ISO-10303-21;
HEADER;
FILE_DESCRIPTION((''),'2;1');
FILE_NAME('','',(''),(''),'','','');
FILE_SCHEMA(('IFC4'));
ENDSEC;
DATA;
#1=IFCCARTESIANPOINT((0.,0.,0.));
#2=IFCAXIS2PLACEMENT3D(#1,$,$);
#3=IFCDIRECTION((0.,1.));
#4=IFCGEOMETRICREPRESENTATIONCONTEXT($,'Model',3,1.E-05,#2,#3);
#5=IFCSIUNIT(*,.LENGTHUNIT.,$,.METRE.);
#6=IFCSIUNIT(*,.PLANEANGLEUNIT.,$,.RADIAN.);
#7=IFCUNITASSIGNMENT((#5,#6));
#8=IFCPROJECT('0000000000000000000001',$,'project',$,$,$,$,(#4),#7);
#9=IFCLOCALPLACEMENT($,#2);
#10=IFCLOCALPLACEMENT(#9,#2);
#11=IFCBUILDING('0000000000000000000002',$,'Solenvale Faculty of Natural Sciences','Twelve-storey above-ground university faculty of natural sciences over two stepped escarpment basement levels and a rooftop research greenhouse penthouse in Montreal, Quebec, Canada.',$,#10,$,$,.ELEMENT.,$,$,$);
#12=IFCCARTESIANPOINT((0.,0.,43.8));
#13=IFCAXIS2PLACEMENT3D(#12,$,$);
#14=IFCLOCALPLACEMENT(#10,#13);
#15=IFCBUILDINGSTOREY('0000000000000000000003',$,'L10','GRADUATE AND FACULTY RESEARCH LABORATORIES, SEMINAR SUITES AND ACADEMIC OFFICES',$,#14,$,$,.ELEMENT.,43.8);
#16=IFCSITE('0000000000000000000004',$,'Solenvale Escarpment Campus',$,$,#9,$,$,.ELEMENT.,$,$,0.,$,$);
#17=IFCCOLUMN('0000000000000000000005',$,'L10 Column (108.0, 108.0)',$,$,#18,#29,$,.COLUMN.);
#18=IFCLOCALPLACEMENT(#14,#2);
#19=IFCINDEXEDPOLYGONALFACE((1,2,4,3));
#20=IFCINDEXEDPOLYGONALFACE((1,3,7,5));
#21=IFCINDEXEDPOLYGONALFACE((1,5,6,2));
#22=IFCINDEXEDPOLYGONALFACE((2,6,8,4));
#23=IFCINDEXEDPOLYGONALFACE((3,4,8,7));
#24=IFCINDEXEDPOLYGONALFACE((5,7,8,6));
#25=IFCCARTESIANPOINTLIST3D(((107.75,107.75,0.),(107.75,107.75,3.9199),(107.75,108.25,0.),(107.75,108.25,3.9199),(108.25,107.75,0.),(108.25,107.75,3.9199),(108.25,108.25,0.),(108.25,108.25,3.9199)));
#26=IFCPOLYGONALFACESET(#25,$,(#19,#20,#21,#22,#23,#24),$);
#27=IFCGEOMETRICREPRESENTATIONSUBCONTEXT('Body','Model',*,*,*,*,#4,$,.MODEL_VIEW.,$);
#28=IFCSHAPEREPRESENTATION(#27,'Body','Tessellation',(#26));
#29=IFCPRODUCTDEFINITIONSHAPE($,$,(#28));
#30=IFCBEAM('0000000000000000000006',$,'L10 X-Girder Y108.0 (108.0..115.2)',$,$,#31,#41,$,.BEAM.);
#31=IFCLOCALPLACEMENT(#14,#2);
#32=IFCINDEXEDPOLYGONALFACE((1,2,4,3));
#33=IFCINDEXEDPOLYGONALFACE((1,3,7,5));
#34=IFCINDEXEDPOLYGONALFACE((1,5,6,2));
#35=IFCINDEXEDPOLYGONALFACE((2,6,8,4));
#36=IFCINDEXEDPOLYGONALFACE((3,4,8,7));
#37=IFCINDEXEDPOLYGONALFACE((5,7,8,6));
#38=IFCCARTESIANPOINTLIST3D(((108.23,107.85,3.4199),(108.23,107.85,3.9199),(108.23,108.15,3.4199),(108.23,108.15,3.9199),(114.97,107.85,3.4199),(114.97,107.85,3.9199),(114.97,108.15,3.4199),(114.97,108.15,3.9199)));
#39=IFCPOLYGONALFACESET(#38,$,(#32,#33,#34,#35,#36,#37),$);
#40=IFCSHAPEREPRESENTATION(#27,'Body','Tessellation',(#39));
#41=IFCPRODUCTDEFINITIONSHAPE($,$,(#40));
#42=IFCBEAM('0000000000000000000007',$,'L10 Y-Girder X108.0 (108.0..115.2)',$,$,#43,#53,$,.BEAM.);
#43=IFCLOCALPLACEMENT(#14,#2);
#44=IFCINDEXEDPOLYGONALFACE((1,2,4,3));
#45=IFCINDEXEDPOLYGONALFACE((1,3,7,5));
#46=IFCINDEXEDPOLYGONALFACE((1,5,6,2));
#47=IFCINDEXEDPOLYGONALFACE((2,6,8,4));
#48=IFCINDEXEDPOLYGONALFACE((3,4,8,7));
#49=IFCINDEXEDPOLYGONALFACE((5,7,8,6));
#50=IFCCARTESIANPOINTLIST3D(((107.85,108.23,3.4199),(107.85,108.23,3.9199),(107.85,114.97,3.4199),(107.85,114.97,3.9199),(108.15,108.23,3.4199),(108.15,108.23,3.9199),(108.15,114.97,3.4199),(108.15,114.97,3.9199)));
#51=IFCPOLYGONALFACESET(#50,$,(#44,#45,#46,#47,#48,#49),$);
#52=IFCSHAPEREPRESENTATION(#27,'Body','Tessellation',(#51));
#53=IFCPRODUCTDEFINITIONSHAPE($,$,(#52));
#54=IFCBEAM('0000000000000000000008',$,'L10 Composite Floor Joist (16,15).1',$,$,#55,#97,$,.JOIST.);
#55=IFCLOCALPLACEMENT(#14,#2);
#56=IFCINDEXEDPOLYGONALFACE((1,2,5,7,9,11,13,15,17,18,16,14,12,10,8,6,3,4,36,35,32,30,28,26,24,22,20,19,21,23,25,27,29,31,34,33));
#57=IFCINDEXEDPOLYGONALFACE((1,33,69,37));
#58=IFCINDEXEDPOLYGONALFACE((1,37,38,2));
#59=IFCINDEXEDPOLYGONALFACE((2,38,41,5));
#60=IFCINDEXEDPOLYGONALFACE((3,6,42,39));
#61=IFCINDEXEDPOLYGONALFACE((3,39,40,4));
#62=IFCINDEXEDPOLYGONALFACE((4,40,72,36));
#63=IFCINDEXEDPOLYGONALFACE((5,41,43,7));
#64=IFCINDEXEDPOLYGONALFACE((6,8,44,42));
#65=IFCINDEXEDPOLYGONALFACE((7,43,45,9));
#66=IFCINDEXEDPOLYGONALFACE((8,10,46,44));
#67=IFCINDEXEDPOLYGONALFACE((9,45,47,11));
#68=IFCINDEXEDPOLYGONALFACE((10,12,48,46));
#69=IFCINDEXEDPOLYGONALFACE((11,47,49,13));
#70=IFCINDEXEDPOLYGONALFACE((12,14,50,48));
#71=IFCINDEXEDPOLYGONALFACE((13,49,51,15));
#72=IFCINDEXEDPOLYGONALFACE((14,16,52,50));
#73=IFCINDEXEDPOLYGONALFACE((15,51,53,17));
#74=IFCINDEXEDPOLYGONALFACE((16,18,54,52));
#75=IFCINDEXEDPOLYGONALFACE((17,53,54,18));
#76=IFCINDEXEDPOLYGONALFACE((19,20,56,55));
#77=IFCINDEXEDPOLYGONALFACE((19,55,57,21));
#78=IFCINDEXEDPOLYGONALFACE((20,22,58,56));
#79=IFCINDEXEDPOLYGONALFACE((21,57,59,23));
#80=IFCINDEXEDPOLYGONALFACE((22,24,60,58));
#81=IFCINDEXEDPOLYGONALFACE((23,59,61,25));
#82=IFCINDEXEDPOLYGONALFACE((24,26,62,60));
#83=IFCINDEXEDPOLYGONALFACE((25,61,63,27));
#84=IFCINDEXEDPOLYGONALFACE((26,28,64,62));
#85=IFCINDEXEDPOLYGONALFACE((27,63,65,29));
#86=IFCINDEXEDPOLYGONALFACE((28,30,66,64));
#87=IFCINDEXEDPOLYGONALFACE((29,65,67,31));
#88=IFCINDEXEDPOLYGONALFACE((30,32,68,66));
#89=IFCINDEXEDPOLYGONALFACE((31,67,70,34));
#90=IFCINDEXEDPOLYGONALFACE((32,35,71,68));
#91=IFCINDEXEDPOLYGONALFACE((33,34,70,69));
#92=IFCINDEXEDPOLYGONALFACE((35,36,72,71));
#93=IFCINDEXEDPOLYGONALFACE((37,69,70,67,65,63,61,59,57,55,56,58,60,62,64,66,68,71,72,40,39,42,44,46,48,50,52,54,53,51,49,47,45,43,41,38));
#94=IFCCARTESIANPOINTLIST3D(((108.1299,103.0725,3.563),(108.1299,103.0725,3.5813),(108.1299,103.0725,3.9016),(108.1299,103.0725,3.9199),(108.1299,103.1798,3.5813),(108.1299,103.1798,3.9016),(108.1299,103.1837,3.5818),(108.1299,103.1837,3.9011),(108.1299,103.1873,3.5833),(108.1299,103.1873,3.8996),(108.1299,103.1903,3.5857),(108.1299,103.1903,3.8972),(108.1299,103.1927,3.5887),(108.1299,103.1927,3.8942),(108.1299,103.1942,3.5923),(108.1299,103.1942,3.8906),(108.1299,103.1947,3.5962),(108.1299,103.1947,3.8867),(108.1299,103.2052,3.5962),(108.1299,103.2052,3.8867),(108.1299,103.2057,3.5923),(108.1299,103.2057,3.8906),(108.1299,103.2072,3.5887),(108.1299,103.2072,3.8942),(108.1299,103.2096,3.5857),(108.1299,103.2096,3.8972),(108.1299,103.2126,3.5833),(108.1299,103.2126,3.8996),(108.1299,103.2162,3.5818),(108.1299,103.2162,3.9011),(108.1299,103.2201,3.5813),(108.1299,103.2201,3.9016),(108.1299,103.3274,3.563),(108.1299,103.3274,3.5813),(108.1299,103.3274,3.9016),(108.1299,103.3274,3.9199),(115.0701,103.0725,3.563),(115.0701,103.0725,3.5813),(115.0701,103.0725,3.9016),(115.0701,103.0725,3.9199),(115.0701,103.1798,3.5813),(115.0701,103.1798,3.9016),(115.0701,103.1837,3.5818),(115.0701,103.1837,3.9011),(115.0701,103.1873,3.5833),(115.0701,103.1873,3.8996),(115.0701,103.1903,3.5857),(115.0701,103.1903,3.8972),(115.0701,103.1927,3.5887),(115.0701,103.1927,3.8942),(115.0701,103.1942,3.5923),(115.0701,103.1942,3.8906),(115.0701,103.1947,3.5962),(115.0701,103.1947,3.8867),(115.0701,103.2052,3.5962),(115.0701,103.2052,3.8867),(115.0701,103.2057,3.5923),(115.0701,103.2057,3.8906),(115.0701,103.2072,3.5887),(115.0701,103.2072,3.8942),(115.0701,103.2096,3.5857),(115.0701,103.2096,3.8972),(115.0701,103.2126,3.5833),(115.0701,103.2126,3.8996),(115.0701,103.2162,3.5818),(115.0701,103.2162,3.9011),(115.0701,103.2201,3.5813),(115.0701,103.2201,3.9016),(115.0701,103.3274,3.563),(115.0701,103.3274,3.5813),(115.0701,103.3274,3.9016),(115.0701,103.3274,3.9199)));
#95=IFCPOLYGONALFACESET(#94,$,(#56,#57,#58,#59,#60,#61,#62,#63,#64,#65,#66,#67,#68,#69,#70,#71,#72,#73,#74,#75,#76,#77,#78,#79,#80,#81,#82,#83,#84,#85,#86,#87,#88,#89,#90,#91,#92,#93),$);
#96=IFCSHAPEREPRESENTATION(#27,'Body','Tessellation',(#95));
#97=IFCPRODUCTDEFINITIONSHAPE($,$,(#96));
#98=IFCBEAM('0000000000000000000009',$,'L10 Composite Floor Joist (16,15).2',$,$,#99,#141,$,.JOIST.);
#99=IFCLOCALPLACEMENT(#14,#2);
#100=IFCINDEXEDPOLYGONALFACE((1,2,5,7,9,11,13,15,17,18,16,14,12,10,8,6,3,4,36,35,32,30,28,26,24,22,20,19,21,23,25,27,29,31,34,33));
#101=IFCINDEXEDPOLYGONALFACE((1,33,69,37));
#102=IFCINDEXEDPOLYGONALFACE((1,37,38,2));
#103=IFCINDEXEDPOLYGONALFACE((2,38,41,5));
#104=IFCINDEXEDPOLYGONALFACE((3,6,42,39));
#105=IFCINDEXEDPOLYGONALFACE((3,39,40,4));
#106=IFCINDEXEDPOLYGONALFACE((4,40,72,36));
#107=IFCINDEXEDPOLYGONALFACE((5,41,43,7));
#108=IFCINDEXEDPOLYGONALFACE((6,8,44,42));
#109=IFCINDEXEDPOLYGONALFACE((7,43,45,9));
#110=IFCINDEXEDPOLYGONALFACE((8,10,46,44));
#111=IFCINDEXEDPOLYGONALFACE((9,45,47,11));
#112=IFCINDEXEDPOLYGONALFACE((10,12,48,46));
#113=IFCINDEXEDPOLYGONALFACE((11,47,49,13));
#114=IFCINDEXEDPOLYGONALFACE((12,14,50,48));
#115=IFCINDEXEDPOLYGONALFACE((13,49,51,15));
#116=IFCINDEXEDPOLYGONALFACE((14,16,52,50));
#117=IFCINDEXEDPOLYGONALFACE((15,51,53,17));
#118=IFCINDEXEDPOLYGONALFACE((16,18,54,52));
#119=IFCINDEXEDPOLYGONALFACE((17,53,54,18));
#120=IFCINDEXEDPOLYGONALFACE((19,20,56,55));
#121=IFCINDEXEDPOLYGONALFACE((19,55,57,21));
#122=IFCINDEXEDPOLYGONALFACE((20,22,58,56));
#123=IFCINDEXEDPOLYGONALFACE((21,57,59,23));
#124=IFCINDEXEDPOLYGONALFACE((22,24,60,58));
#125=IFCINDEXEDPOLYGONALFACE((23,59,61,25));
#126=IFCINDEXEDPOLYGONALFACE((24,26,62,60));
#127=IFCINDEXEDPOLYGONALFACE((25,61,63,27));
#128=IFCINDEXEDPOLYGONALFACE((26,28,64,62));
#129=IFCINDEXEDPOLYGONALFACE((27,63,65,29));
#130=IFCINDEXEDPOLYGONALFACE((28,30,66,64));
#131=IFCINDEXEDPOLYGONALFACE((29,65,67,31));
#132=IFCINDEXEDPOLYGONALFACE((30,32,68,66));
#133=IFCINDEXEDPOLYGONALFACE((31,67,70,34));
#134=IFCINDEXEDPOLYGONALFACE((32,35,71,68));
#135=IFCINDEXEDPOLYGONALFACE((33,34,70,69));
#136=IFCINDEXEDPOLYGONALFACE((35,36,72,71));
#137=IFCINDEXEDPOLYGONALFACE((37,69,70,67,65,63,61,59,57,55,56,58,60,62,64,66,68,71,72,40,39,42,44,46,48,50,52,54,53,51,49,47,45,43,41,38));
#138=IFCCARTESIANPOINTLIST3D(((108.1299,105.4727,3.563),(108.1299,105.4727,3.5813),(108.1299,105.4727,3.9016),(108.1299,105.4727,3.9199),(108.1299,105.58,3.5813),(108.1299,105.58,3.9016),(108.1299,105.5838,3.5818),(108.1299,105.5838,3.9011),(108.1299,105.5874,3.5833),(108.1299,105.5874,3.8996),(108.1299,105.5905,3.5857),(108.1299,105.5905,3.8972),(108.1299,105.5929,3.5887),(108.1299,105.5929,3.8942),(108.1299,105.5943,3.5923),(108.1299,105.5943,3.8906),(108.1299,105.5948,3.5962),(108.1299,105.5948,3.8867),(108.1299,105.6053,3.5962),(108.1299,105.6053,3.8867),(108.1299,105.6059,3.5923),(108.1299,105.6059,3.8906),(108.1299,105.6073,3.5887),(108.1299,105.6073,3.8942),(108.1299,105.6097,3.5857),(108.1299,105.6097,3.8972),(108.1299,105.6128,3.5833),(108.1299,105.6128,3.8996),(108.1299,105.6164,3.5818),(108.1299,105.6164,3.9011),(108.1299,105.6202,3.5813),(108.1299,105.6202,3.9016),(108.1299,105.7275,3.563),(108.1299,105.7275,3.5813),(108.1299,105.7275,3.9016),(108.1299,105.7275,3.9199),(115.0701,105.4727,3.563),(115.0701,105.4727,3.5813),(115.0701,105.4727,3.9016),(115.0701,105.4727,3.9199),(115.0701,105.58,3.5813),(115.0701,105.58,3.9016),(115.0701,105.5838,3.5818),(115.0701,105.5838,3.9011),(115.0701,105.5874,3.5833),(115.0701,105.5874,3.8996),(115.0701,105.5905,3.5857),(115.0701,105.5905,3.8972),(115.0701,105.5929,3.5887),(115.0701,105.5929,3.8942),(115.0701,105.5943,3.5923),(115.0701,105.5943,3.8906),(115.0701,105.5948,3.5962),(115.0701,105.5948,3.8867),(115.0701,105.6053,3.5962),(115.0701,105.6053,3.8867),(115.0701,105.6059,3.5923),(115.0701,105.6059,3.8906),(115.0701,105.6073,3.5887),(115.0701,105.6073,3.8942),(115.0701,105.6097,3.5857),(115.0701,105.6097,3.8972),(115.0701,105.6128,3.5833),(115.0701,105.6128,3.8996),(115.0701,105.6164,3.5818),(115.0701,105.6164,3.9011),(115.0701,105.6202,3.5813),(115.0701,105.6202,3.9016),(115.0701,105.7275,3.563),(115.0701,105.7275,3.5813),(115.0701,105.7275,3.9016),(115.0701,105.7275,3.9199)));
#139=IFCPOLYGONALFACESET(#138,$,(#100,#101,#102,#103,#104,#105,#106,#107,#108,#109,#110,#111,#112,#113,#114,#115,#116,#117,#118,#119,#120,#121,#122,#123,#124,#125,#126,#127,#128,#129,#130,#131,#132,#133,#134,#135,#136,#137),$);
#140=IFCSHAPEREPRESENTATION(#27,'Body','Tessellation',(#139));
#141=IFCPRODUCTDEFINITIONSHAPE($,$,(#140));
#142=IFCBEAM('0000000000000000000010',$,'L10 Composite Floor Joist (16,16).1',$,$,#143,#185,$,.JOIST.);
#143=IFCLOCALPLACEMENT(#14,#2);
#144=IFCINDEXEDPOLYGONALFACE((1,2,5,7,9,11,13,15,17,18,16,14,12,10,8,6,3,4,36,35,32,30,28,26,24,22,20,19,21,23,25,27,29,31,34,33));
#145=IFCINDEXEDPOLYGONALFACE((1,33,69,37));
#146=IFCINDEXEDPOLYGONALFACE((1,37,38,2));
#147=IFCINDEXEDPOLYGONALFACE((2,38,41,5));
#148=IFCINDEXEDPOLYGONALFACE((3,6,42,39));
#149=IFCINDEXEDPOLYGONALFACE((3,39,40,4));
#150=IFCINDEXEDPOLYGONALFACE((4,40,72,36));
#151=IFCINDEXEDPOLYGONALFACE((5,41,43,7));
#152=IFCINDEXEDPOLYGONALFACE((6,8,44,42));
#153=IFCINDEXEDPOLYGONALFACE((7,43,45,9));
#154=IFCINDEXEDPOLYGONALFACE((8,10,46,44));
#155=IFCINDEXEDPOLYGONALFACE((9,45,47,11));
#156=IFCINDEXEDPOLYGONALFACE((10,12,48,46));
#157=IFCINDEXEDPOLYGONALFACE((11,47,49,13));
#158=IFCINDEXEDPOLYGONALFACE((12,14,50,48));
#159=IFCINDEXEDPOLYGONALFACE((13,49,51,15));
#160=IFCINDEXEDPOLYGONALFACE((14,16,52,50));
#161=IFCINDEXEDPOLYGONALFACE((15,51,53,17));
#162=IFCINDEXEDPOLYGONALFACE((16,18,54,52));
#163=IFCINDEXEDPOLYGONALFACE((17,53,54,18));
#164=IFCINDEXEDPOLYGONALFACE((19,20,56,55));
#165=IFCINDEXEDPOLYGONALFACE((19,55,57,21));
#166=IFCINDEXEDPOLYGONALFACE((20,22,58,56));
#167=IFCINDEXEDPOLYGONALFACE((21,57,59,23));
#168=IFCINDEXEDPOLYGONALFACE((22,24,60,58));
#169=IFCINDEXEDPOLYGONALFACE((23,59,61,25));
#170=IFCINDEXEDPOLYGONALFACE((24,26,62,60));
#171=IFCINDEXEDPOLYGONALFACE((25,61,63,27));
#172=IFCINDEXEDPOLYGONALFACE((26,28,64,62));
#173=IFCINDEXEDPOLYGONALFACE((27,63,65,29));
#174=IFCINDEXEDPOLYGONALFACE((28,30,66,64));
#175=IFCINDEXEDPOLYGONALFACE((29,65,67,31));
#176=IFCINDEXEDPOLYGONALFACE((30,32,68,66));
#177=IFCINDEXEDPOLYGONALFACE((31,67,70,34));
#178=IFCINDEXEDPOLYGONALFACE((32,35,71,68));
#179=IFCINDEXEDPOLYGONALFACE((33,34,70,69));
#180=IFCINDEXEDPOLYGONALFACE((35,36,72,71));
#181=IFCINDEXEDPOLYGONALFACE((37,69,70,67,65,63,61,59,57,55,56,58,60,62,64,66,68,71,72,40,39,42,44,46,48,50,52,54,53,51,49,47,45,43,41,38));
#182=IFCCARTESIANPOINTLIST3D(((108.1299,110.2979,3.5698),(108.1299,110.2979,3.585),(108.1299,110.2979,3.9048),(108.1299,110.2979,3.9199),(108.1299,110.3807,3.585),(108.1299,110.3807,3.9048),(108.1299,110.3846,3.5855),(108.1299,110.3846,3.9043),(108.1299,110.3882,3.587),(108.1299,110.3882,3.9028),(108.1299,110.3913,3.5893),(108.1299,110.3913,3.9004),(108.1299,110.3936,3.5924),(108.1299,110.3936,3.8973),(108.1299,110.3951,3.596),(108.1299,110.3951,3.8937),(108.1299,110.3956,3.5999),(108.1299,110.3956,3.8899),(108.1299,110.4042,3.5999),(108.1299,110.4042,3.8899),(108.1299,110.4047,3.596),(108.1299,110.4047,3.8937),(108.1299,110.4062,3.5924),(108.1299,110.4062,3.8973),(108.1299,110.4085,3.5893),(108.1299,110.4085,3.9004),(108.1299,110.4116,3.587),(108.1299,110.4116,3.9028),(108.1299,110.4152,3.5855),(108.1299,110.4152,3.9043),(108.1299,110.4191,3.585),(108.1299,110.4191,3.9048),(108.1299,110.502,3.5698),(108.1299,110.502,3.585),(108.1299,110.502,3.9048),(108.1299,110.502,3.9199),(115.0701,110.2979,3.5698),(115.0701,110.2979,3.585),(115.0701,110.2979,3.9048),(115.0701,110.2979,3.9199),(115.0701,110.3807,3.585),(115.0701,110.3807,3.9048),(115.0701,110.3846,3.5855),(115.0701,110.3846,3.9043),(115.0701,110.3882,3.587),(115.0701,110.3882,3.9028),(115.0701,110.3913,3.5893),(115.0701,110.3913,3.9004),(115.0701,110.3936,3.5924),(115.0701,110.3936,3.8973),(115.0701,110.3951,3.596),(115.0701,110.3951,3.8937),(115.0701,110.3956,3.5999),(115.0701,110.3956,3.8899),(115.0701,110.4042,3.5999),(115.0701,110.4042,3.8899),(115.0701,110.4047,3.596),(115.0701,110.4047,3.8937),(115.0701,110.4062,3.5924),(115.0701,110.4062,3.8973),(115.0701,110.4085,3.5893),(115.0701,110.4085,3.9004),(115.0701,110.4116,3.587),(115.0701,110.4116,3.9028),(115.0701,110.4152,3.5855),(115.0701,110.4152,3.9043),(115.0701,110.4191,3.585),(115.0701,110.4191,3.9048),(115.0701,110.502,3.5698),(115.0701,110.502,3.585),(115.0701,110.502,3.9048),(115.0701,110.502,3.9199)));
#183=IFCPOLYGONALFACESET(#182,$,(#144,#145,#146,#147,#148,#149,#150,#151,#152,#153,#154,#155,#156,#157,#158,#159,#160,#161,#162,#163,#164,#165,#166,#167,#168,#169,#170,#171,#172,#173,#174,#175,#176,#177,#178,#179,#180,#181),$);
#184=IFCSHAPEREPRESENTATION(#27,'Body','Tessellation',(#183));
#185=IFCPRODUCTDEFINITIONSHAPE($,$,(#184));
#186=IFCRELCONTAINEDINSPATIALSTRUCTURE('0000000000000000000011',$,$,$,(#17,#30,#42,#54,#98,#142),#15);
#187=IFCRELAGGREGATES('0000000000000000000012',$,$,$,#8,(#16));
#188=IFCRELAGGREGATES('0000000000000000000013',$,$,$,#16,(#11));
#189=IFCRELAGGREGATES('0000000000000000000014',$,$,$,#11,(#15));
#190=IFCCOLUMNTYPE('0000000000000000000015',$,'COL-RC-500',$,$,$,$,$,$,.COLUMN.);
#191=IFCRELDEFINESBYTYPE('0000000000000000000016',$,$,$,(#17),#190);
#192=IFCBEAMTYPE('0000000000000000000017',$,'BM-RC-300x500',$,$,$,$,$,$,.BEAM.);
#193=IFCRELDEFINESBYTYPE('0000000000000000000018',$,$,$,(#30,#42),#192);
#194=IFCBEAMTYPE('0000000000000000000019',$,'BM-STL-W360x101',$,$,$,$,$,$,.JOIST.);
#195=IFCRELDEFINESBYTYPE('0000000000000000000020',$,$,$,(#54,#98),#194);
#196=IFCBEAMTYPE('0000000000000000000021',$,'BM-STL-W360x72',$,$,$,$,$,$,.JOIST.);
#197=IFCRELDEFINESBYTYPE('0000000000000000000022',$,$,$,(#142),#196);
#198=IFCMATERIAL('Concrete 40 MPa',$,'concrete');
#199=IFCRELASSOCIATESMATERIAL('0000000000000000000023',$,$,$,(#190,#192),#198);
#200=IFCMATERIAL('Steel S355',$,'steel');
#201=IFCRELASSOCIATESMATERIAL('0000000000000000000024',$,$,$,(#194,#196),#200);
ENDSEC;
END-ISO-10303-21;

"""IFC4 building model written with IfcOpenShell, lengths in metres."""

from ifc_helpers import new_model, si_unit, direction, frame, origin, origin_2d, place, context, subcontext, project, spatial, rectangle, i_section, extrude, material, material_profile, profile_set, type_object, element, save


model = new_model("IFC4")

# Units and contexts
model_context = context("Model", 3, precision=1e-05, world=origin(), true_north=direction((0.0, 1.0)))
body_context = subcontext(model_context, "Body", "Model", "MODEL_VIEW")
ifc_project = project(units=[si_unit("LENGTHUNIT", "METRE"), si_unit("PLANEANGLEUNIT", "RADIAN")], contexts=[model_context])

# Site, building, storey
site_placement = place(None, origin())
site = spatial("IfcSite", under=ifc_project, at=site_placement, Name="Solenvale Escarpment Campus", CompositionType="ELEMENT", RefElevation=0.0)
building_placement = place(site_placement, origin())
building = spatial("IfcBuilding", under=site, at=building_placement, Name="Solenvale Faculty of Natural Sciences", Description="Twelve-storey above-ground university faculty of natural sciences over two stepped escarpment basement levels and a rooftop research greenhouse penthouse in Montreal, Quebec, Canada.", CompositionType="ELEMENT")
storey_placement = place(building_placement, frame((0.0, 0.0, 43.8)))
storey = spatial("IfcBuildingStorey", under=building, at=storey_placement, Name="L10", Description="GRADUATE AND FACULTY RESEARCH LABORATORIES, SEMINAR SUITES AND ACADEMIC OFFICES", CompositionType="ELEMENT", Elevation=43.8)

# Column
ifc_material_1 = material(Name="Concrete 40 MPa", Category="concrete")
ifc_material_profile_1 = material_profile(ifc_material_1, rectangle(XDim=0.5, YDim=0.5, at=origin_2d()), Name="RC-COL-500x500")
ifc_profile_set_1 = profile_set([ifc_material_profile_1], Name="Concrete 40 MPa")
column_type = type_object("IfcColumnType", Name="COL-RC-500", PredefinedType="COLUMN", material=ifc_profile_set_1)
column_placement = place(storey_placement, frame((108.0, 108.0, 0.0), z_axis=(0.0, 0.0, 1.0), x_axis=(1.0, 0.0, 0.0)))
element("IfcColumn", 1, at=column_placement, inside=storey, type_object=column_type, Name="L10 Column (108.0, 108.0)", PredefinedType="COLUMN", context=body_context, shape_type="SweptSolid", body=[
    extrude(rectangle(XDim=0.5, YDim=0.5, at=origin_2d()), origin(), (0.0, 0.0, 1.0), 3.9199),
])

# Beams
ifc_material_profile_2 = material_profile(ifc_material_1, rectangle(XDim=0.3, YDim=0.5, at=origin_2d()), Name="RC-BM-300x500")
ifc_profile_set_2 = profile_set([ifc_material_profile_2], Name="Concrete 40 MPa")
beam_type_1 = type_object("IfcBeamType", Name="BM-RC-300x500", PredefinedType="BEAM", material=ifc_profile_set_2)
for number, where, z_axis, x_axis, name in (
    (2, (108.23, 108.0, 3.6699), (1.0, 0.0, 0.0), (0.0, 1.0, 0.0), "L10 X-Girder Y108.0 (108.0..115.2)"),
    (3, (108.0, 108.23, 3.6699), (0.0, 1.0, 0.0), (-1.0, 0.0, 0.0), "L10 Y-Girder X108.0 (108.0..115.2)"),
):
    element("IfcBeam", number, at=place(storey_placement, frame(where, z_axis=z_axis, x_axis=x_axis)), inside=storey, type_object=beam_type_1, Name=name, PredefinedType="BEAM", context=body_context, shape_type="SweptSolid", body=[
        extrude(rectangle(XDim=0.3, YDim=0.5, at=origin_2d()), origin(), (0.0, 0.0, 1.0), 6.74),
    ])
ifc_material_2 = material(Name="Steel S355", Category="steel")
ifc_material_profile_3 = material_profile(ifc_material_2, i_section(OverallWidth=0.2549, OverallDepth=0.3569, WebThickness=0.0105, FlangeThickness=0.0183, FilletRadius=0.0149, at=origin_2d()), Name="W360x101")
ifc_profile_set_3 = profile_set([ifc_material_profile_3], Name="Steel S355")
beam_type_2 = type_object("IfcBeamType", Name="BM-STL-W360x101", PredefinedType="JOIST", material=ifc_profile_set_3)
for number, where, z_axis, x_axis, name in (
    (4, (108.1299, 103.2, 3.7415), (1.0, 0.0, 0.0), (0.0, 1.0, 0.0), "L10 Composite Floor Joist (16,15).1"),
    (5, (108.1299, 105.6001, 3.7415), (1.0, 0.0, 0.0), (0.0, 1.0, 0.0), "L10 Composite Floor Joist (16,15).2"),
):
    element("IfcBeam", number, at=place(storey_placement, frame(where, z_axis=z_axis, x_axis=x_axis)), inside=storey, type_object=beam_type_2, Name=name, PredefinedType="JOIST", context=body_context, shape_type="SweptSolid", body=[
        extrude(i_section(OverallWidth=0.2549, OverallDepth=0.3569, WebThickness=0.0105, FlangeThickness=0.0183, FilletRadius=0.0149, at=origin_2d()), origin(), (0.0, 0.0, 1.0), 6.9402),
    ])
ifc_material_profile_4 = material_profile(ifc_material_2, i_section(OverallWidth=0.2041, OverallDepth=0.3501, WebThickness=0.0085, FlangeThickness=0.0151, FilletRadius=0.0149, at=origin_2d()), Name="W360x72")
ifc_profile_set_4 = profile_set([ifc_material_profile_4], Name="Steel S355")
beam_type_3 = type_object("IfcBeamType", Name="BM-STL-W360x72", PredefinedType="JOIST", material=ifc_profile_set_4)
for number, where, z_axis, x_axis, name in (
    (6, (108.1299, 110.3999, 3.7449), (1.0, 0.0, 0.0), (0.0, 1.0, 0.0), "L10 Composite Floor Joist (16,16).1"),
):
    element("IfcBeam", number, at=place(storey_placement, frame(where, z_axis=z_axis, x_axis=x_axis)), inside=storey, type_object=beam_type_3, Name=name, PredefinedType="JOIST", context=body_context, shape_type="SweptSolid", body=[
        extrude(i_section(OverallWidth=0.2041, OverallDepth=0.3501, WebThickness=0.0085, FlangeThickness=0.0151, FilletRadius=0.0149, at=origin_2d()), origin(), (0.0, 0.0, 1.0), 6.9402),
    ])

save(model, "model.ifc")
